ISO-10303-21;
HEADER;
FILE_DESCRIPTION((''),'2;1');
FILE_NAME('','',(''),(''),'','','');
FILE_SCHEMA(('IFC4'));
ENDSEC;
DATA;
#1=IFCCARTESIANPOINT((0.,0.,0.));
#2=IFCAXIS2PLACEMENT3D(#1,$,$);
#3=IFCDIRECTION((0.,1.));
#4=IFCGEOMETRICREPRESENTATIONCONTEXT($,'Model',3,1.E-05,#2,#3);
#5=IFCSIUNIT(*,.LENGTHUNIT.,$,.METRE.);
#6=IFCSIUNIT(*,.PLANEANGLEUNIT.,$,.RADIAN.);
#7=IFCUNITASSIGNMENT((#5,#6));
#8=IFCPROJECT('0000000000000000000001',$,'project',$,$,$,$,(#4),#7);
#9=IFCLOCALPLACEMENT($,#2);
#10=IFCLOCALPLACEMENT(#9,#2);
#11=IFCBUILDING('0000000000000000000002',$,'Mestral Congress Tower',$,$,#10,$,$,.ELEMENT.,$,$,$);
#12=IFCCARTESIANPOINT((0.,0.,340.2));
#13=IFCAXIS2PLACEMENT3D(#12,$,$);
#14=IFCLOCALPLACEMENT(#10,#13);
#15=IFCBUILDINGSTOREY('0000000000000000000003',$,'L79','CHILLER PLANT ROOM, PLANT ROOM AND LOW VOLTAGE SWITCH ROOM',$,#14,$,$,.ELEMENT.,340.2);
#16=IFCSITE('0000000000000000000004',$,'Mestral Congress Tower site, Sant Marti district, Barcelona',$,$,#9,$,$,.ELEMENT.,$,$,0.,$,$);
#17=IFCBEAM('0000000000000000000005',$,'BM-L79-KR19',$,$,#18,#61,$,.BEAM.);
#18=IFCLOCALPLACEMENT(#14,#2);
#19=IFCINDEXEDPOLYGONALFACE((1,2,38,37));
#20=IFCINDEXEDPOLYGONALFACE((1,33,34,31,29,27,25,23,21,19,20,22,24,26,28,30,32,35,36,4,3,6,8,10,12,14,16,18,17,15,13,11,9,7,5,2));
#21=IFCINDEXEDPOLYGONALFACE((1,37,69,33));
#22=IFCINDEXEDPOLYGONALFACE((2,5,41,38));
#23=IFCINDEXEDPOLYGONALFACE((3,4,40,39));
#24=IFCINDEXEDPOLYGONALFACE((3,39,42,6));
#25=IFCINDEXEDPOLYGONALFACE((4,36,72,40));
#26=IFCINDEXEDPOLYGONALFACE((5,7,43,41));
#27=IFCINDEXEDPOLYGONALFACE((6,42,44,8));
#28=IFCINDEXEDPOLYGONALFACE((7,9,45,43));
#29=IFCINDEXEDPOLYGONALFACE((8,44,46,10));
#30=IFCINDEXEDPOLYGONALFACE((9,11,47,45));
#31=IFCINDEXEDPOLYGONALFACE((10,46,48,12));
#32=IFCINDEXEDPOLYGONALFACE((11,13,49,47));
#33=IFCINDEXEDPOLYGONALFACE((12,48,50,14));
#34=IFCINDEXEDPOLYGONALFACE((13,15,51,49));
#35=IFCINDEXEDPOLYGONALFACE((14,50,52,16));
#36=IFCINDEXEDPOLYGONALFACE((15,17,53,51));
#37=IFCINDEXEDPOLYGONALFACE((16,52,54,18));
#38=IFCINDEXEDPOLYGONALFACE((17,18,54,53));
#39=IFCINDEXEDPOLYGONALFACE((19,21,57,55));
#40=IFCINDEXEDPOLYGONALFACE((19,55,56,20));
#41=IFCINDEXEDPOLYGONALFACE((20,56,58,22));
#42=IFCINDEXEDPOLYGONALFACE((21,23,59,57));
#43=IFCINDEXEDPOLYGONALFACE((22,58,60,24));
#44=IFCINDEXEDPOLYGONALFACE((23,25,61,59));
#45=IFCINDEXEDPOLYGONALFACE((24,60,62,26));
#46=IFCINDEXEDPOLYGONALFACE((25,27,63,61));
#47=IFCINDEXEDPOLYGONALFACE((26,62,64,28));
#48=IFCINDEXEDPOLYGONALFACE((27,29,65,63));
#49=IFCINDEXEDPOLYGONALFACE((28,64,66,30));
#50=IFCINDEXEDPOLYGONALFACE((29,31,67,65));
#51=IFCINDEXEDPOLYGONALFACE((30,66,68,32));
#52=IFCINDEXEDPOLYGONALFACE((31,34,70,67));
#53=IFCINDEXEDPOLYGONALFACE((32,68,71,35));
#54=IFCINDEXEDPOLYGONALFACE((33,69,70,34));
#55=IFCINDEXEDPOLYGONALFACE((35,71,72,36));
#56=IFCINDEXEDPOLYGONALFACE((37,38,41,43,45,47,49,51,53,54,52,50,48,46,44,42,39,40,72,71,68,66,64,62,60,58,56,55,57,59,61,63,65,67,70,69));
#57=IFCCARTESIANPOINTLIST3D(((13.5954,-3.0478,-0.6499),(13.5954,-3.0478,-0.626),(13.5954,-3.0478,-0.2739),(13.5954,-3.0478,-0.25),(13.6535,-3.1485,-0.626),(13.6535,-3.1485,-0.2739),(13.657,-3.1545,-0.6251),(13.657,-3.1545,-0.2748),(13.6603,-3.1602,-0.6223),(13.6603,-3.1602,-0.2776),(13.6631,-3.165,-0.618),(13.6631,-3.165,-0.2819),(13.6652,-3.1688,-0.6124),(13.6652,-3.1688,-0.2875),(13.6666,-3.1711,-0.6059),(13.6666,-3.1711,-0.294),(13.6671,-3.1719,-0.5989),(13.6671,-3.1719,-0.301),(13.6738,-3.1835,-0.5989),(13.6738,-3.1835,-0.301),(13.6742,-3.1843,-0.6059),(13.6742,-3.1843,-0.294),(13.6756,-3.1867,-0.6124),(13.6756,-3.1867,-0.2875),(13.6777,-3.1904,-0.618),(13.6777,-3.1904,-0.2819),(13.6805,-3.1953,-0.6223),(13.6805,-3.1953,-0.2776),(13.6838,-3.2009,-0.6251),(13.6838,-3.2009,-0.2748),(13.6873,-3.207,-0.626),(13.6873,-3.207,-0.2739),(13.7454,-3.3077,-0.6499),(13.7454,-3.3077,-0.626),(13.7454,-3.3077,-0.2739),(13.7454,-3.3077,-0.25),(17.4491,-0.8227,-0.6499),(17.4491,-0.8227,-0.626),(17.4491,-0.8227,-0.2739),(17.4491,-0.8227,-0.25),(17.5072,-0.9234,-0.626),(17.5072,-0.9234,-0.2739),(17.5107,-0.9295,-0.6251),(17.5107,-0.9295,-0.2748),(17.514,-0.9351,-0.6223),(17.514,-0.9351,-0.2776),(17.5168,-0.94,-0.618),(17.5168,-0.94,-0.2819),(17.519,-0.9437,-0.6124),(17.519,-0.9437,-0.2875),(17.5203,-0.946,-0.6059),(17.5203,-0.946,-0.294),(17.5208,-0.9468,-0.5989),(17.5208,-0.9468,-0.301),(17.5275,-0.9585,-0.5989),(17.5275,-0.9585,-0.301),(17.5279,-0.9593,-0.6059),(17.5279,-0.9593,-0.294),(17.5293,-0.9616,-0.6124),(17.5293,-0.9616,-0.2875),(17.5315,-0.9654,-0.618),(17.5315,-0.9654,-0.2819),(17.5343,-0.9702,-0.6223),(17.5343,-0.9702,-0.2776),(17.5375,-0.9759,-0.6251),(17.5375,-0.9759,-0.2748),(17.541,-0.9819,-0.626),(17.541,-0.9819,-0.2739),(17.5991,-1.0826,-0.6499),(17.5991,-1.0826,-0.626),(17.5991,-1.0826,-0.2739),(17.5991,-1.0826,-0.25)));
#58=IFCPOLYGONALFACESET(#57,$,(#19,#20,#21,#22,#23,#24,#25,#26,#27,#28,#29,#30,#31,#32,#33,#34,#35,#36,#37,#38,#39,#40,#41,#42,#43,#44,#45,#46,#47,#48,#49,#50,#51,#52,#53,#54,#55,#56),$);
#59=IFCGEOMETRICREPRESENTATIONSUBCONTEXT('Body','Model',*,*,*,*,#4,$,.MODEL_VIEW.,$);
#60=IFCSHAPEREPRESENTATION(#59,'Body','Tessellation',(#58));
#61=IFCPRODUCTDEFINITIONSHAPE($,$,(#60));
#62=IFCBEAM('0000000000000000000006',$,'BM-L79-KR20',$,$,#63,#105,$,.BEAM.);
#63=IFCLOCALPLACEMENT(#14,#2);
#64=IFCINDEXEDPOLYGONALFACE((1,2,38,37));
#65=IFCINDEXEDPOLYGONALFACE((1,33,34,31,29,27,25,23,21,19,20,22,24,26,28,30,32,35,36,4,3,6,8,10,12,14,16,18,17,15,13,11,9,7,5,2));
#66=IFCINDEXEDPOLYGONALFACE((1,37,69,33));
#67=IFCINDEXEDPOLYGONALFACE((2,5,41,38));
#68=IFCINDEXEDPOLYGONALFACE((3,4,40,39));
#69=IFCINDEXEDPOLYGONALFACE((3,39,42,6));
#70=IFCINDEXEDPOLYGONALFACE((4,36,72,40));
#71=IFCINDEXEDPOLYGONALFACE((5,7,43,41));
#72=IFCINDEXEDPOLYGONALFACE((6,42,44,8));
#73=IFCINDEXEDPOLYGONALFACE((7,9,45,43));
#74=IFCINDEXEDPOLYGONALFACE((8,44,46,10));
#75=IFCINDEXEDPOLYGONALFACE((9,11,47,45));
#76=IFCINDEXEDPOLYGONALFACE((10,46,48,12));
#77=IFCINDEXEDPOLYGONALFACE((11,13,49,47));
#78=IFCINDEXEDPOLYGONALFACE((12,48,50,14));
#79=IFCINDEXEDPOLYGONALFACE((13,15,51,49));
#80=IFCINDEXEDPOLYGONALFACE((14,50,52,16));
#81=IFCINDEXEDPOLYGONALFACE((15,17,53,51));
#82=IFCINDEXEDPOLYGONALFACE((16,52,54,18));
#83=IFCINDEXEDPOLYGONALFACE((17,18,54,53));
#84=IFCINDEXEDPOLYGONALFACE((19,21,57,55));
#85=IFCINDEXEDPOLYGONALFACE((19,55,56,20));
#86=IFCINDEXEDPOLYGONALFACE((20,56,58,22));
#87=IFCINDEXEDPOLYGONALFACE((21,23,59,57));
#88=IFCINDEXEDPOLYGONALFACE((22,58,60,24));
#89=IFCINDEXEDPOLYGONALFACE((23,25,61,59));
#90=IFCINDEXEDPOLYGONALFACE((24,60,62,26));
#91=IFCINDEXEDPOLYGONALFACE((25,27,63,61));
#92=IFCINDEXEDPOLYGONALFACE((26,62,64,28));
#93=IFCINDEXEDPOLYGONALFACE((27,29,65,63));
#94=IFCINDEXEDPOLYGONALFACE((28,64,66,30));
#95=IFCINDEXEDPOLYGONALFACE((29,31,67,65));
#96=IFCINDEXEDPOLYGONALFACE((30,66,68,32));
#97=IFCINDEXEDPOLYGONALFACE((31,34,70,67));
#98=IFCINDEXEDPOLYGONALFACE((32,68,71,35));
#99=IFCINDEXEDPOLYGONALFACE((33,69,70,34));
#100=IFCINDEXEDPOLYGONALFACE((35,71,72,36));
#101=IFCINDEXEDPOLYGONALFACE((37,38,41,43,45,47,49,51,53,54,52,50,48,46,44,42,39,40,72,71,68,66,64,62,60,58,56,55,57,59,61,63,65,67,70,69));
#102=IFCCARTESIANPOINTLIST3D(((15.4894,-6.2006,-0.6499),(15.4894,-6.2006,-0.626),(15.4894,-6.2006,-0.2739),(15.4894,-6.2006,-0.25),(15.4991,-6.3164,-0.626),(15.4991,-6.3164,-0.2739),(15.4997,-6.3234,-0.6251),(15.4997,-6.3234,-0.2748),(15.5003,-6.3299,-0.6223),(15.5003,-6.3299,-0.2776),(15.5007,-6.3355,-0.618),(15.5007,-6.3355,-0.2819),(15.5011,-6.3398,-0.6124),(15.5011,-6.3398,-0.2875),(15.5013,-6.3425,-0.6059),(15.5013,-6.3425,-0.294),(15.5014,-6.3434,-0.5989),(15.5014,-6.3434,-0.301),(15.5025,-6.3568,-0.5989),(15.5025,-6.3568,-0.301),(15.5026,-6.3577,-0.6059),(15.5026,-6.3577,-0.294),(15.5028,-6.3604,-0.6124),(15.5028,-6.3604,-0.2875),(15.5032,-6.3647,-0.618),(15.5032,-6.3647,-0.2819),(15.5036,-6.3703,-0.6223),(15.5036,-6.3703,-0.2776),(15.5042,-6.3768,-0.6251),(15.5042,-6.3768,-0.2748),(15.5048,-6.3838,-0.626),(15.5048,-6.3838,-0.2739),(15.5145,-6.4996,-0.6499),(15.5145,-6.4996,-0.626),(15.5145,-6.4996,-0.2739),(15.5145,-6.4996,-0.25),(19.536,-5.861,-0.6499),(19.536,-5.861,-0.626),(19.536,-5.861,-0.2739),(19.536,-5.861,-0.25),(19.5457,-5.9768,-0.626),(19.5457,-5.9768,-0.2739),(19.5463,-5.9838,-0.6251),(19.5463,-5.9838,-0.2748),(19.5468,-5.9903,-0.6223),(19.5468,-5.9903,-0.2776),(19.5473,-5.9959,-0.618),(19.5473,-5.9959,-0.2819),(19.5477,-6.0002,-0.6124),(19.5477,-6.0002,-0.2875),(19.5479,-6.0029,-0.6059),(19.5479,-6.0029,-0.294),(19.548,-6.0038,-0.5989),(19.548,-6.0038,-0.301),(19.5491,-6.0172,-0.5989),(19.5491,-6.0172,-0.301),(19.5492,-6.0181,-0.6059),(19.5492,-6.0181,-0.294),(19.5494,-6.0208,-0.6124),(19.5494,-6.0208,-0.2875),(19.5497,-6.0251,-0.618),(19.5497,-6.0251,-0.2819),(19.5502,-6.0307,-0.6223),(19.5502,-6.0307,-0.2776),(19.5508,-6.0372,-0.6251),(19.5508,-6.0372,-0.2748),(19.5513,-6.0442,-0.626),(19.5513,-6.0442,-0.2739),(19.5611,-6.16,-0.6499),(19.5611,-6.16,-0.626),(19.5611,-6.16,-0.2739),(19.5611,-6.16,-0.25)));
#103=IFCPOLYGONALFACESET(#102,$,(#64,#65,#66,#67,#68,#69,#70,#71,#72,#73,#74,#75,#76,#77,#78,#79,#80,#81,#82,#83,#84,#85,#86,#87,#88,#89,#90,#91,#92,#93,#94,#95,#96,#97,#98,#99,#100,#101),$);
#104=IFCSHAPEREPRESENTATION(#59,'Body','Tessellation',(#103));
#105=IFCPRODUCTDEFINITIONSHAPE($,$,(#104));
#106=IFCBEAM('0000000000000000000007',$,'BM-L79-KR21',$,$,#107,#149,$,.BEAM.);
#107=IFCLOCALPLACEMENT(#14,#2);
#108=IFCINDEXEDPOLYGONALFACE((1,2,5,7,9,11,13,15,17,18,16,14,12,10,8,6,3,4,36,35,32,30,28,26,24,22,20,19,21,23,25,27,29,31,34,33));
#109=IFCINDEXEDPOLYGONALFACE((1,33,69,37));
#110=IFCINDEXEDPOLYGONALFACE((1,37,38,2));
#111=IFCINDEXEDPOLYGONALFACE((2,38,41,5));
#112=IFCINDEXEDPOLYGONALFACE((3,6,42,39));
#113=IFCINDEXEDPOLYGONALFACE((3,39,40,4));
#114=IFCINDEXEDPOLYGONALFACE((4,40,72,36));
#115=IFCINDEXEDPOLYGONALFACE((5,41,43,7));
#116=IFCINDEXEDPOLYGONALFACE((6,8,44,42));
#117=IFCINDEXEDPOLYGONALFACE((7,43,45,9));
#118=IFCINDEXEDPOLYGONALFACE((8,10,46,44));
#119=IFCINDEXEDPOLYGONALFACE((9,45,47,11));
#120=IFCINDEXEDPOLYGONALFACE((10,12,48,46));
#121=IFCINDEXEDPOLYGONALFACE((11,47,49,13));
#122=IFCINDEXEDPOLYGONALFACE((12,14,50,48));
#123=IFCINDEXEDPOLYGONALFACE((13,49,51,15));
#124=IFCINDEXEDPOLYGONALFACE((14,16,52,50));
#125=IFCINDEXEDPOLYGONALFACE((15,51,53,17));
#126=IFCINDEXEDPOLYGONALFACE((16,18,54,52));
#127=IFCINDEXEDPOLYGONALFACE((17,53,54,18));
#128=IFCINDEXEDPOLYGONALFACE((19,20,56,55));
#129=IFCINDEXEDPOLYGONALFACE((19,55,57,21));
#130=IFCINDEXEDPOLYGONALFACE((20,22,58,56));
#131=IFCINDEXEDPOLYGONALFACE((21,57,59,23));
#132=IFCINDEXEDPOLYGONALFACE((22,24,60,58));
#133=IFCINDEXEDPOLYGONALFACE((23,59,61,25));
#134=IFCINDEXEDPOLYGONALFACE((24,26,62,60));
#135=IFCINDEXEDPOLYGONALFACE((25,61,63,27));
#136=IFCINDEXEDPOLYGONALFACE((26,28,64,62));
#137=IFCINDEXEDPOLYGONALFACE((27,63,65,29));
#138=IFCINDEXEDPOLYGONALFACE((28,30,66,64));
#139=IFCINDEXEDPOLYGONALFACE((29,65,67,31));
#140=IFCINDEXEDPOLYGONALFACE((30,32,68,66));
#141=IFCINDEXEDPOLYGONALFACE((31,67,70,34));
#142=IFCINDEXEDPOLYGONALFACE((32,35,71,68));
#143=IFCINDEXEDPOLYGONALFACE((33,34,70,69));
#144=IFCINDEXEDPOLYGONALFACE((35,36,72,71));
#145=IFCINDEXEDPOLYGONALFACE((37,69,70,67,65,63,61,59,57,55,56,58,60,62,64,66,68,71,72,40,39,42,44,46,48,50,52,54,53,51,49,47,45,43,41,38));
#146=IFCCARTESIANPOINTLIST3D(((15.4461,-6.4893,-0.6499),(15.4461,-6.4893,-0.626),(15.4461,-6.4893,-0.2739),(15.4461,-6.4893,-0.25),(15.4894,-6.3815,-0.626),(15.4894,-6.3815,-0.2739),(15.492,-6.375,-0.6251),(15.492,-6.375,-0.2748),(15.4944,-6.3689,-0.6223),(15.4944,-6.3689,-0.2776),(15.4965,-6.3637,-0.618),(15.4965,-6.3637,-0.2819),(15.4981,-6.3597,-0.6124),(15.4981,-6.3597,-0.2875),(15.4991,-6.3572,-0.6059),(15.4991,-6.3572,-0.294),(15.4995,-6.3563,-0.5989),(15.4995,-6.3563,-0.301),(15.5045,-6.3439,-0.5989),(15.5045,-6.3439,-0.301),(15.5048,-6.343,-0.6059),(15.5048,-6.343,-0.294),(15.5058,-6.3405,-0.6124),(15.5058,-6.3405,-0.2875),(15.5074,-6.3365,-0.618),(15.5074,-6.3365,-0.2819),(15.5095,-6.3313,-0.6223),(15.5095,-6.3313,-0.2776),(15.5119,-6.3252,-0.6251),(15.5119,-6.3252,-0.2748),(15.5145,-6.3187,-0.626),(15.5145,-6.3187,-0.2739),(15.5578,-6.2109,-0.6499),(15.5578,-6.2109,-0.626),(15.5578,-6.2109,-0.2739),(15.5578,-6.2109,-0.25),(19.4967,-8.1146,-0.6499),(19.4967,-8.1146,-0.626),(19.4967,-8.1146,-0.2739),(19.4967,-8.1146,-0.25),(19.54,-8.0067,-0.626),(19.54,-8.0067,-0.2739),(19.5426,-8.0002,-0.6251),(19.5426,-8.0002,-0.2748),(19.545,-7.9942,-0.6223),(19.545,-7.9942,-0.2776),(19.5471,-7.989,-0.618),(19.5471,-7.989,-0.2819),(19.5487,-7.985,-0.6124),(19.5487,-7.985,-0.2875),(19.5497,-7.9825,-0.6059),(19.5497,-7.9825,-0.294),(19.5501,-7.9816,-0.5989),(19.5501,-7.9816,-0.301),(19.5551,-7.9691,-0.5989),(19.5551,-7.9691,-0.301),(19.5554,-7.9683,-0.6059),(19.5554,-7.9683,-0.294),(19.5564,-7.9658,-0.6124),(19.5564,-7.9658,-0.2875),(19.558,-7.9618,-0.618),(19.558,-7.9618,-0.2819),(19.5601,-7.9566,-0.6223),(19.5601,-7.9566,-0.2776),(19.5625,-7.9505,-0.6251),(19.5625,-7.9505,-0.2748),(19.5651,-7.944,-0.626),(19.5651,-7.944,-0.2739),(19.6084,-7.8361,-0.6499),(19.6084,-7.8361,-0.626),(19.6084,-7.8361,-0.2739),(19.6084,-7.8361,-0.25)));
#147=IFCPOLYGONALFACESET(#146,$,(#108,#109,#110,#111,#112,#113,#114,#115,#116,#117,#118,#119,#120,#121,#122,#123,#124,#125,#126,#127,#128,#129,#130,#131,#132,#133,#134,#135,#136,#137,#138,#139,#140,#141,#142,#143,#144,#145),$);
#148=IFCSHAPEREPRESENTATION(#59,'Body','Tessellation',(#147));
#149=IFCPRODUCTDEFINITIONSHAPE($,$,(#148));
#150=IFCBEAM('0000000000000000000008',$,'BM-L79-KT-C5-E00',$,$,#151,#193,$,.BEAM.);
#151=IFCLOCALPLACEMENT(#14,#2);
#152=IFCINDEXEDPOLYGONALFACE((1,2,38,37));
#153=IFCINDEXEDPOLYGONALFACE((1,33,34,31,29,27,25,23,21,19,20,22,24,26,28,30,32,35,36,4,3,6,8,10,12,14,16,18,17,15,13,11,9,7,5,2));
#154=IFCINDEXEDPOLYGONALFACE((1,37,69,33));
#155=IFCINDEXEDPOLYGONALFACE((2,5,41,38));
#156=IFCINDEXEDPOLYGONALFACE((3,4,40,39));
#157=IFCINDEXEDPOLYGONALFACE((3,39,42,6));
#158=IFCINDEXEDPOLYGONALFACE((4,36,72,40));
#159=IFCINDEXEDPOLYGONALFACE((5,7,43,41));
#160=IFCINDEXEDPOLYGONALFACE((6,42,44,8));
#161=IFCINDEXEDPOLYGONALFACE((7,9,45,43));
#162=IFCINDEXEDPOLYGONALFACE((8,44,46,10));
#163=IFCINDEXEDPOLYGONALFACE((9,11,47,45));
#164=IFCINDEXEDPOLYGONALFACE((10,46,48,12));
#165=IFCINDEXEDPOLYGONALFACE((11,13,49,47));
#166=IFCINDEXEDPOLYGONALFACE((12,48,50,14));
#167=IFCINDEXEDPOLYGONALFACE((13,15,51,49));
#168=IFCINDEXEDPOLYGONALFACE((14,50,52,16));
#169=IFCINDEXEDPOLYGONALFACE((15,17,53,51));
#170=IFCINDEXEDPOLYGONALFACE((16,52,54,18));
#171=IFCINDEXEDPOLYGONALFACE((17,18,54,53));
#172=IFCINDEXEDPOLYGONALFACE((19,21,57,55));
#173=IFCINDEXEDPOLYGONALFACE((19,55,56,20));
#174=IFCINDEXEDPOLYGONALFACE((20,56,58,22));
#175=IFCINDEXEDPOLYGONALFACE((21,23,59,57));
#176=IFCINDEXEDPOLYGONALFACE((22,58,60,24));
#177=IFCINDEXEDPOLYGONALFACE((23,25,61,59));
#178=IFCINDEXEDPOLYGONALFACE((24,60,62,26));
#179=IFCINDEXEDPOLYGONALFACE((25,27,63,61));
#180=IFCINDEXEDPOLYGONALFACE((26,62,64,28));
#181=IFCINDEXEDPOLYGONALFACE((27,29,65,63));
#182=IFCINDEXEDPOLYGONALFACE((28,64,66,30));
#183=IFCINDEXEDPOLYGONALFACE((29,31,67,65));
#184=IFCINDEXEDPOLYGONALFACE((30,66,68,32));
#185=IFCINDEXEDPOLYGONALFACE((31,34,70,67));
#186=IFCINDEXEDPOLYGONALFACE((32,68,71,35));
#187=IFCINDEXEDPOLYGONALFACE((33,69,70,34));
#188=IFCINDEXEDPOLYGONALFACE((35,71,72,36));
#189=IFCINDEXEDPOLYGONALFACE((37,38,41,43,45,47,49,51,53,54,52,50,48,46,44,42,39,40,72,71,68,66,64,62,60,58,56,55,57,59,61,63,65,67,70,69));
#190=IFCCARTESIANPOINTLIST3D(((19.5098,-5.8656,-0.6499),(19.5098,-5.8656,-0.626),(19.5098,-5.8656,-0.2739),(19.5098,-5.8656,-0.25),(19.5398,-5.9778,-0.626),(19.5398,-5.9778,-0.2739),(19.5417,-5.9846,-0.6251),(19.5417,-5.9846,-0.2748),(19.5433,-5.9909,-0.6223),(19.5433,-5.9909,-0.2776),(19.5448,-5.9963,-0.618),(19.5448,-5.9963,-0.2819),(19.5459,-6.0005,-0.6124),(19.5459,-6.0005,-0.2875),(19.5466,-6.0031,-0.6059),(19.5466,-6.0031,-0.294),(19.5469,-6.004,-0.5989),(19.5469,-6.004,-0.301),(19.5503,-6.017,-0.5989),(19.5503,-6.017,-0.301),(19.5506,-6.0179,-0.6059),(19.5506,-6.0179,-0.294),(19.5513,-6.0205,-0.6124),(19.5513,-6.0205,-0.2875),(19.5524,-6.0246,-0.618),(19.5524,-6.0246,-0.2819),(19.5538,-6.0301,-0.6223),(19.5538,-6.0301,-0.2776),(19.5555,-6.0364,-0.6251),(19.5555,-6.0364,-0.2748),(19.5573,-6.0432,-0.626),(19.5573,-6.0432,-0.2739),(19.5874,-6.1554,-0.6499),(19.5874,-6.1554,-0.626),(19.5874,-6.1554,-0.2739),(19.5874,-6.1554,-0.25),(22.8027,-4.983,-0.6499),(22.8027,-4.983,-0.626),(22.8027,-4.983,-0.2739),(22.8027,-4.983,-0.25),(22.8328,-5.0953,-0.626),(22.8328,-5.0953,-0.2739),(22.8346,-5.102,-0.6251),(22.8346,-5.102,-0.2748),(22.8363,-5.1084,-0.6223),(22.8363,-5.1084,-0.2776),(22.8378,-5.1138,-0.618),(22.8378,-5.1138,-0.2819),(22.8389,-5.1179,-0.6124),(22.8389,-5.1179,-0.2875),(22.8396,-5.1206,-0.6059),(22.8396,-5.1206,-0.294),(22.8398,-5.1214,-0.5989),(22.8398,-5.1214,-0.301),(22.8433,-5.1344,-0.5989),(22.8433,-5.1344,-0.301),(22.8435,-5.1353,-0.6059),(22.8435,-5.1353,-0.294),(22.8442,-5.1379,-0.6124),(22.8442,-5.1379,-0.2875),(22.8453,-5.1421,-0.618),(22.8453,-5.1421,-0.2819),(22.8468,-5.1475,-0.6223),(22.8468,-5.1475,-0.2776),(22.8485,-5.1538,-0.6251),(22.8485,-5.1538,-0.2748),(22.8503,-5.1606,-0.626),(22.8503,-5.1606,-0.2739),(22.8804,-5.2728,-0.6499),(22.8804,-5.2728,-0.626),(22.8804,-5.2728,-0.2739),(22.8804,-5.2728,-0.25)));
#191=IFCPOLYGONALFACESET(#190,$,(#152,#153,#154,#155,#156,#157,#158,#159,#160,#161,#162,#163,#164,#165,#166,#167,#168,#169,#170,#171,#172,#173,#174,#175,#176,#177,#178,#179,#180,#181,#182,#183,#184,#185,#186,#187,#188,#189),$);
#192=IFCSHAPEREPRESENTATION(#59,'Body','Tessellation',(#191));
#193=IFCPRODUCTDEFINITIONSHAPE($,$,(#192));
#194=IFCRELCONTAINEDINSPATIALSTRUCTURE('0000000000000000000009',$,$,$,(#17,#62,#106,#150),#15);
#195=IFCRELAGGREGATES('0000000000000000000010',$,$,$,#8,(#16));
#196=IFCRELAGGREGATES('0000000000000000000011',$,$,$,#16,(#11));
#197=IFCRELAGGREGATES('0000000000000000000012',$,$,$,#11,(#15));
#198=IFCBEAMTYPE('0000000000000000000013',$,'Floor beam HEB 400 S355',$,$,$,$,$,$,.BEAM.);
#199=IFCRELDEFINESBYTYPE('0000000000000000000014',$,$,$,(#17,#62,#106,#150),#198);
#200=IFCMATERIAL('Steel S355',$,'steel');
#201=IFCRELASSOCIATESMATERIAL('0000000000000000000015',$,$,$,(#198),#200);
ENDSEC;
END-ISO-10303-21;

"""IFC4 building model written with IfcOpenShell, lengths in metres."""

from ifc_helpers import new_model, si_unit, direction, frame, origin, origin_2d, place, context, subcontext, project, spatial, i_section, extrude, material, material_profile, profile_set, type_object, element, save


model = new_model("IFC4")

# Units and contexts
model_context = context("Model", 3, precision=1e-05, world=origin(), true_north=direction((0.0, 1.0)))
body_context = subcontext(model_context, "Body", "Model", "MODEL_VIEW")
ifc_project = project(units=[si_unit("LENGTHUNIT", "METRE"), si_unit("PLANEANGLEUNIT", "RADIAN")], contexts=[model_context])

# Site, building, storey
site_placement = place(None, origin())
site = spatial("IfcSite", under=ifc_project, at=site_placement, Name="Mestral Congress Tower site, Sant Marti district, Barcelona", CompositionType="ELEMENT", RefElevation=0.0)
building_placement = place(site_placement, origin())
building = spatial("IfcBuilding", under=site, at=building_placement, Name="Mestral Congress Tower", CompositionType="ELEMENT")
storey_placement = place(building_placement, frame((0.0, 0.0, 340.2)))
storey = spatial("IfcBuildingStorey", under=building, at=storey_placement, Name="L79", Description="CHILLER PLANT ROOM, PLANT ROOM AND LOW VOLTAGE SWITCH ROOM", CompositionType="ELEMENT", Elevation=340.2)

# Shared definitions
ifc_material_1 = material(Name="Steel S355", Category="steel")

# Beams
ifc_material_profile_1 = material_profile(ifc_material_1, i_section(OverallWidth=0.3, OverallDepth=0.3999, WebThickness=0.0134, FlangeThickness=0.0239, FilletRadius=0.0271, at=origin_2d()), Name="HEB 400")
ifc_profile_set_1 = profile_set([ifc_material_profile_1], Name="Steel S355")
beam_type_1 = type_object("IfcBeamType", Name="Floor beam HEB 400 S355", PredefinedType="BEAM", material=ifc_profile_set_1)
beam_1_placement = place(storey_placement, frame((13.6704, -3.1777, -0.45), z_axis=(0.866013, 0.500022, 0.0), x_axis=(-0.500022, 0.866013, 0.0)))
element("IfcBeam", 1, at=beam_1_placement, inside=storey, type_object=beam_type_1, Name="BM-L79-KR19", PredefinedType="BEAM", context=body_context, shape_type="SweptSolid", body=[
    extrude(i_section(OverallWidth=0.3, OverallDepth=0.3999, WebThickness=0.0134, FlangeThickness=0.0239, FilletRadius=0.0271, at=origin_2d()), origin(), (0.0, 0.0, 1.0), 4.45),
])
beam_2_placement = place(storey_placement, frame((15.502, -6.3501, -0.45), z_axis=(0.996497, 0.083628, 0.0), x_axis=(-0.083628, 0.996497, 0.0)))
element("IfcBeam", 2, at=beam_2_placement, inside=storey, type_object=beam_type_1, Name="BM-L79-KR20", PredefinedType="BEAM", context=body_context, shape_type="SweptSolid", body=[
    extrude(i_section(OverallWidth=0.3, OverallDepth=0.3999, WebThickness=0.0134, FlangeThickness=0.0239, FilletRadius=0.0271, at=origin_2d()), origin(), (0.0, 0.0, 1.0), 4.0608),
])
beam_3_placement = place(storey_placement, frame((15.502, -6.3501, -0.45), z_axis=(0.928079, -0.372384, 0.0), x_axis=(0.372384, 0.928079, 0.0)))
element("IfcBeam", 3, at=beam_3_placement, inside=storey, type_object=beam_type_1, Name="BM-L79-KR21", PredefinedType="BEAM", context=body_context, shape_type="SweptSolid", body=[
    extrude(i_section(OverallWidth=0.3, OverallDepth=0.3999, WebThickness=0.0134, FlangeThickness=0.0239, FilletRadius=0.0271, at=origin_2d()), origin(), (0.0, 0.0, 1.0), 4.3645),
])
beam_4_placement = place(storey_placement, frame((22.8416, -5.1279, -0.45), z_axis=(-0.96591, -0.258879, 0.0), x_axis=(0.258879, -0.96591, 0.0)))
element("IfcBeam", 4, at=beam_4_placement, inside=storey, type_object=beam_type_1, Name="BM-L79-KT-C5-E00", PredefinedType="BEAM", context=body_context, shape_type="SweptSolid", body=[
    extrude(i_section(OverallWidth=0.3, OverallDepth=0.3999, WebThickness=0.0134, FlangeThickness=0.0239, FilletRadius=0.0271, at=origin_2d()), origin(), (0.0, 0.0, 1.0), 3.4092),
])

save(model, "model.ifc")
